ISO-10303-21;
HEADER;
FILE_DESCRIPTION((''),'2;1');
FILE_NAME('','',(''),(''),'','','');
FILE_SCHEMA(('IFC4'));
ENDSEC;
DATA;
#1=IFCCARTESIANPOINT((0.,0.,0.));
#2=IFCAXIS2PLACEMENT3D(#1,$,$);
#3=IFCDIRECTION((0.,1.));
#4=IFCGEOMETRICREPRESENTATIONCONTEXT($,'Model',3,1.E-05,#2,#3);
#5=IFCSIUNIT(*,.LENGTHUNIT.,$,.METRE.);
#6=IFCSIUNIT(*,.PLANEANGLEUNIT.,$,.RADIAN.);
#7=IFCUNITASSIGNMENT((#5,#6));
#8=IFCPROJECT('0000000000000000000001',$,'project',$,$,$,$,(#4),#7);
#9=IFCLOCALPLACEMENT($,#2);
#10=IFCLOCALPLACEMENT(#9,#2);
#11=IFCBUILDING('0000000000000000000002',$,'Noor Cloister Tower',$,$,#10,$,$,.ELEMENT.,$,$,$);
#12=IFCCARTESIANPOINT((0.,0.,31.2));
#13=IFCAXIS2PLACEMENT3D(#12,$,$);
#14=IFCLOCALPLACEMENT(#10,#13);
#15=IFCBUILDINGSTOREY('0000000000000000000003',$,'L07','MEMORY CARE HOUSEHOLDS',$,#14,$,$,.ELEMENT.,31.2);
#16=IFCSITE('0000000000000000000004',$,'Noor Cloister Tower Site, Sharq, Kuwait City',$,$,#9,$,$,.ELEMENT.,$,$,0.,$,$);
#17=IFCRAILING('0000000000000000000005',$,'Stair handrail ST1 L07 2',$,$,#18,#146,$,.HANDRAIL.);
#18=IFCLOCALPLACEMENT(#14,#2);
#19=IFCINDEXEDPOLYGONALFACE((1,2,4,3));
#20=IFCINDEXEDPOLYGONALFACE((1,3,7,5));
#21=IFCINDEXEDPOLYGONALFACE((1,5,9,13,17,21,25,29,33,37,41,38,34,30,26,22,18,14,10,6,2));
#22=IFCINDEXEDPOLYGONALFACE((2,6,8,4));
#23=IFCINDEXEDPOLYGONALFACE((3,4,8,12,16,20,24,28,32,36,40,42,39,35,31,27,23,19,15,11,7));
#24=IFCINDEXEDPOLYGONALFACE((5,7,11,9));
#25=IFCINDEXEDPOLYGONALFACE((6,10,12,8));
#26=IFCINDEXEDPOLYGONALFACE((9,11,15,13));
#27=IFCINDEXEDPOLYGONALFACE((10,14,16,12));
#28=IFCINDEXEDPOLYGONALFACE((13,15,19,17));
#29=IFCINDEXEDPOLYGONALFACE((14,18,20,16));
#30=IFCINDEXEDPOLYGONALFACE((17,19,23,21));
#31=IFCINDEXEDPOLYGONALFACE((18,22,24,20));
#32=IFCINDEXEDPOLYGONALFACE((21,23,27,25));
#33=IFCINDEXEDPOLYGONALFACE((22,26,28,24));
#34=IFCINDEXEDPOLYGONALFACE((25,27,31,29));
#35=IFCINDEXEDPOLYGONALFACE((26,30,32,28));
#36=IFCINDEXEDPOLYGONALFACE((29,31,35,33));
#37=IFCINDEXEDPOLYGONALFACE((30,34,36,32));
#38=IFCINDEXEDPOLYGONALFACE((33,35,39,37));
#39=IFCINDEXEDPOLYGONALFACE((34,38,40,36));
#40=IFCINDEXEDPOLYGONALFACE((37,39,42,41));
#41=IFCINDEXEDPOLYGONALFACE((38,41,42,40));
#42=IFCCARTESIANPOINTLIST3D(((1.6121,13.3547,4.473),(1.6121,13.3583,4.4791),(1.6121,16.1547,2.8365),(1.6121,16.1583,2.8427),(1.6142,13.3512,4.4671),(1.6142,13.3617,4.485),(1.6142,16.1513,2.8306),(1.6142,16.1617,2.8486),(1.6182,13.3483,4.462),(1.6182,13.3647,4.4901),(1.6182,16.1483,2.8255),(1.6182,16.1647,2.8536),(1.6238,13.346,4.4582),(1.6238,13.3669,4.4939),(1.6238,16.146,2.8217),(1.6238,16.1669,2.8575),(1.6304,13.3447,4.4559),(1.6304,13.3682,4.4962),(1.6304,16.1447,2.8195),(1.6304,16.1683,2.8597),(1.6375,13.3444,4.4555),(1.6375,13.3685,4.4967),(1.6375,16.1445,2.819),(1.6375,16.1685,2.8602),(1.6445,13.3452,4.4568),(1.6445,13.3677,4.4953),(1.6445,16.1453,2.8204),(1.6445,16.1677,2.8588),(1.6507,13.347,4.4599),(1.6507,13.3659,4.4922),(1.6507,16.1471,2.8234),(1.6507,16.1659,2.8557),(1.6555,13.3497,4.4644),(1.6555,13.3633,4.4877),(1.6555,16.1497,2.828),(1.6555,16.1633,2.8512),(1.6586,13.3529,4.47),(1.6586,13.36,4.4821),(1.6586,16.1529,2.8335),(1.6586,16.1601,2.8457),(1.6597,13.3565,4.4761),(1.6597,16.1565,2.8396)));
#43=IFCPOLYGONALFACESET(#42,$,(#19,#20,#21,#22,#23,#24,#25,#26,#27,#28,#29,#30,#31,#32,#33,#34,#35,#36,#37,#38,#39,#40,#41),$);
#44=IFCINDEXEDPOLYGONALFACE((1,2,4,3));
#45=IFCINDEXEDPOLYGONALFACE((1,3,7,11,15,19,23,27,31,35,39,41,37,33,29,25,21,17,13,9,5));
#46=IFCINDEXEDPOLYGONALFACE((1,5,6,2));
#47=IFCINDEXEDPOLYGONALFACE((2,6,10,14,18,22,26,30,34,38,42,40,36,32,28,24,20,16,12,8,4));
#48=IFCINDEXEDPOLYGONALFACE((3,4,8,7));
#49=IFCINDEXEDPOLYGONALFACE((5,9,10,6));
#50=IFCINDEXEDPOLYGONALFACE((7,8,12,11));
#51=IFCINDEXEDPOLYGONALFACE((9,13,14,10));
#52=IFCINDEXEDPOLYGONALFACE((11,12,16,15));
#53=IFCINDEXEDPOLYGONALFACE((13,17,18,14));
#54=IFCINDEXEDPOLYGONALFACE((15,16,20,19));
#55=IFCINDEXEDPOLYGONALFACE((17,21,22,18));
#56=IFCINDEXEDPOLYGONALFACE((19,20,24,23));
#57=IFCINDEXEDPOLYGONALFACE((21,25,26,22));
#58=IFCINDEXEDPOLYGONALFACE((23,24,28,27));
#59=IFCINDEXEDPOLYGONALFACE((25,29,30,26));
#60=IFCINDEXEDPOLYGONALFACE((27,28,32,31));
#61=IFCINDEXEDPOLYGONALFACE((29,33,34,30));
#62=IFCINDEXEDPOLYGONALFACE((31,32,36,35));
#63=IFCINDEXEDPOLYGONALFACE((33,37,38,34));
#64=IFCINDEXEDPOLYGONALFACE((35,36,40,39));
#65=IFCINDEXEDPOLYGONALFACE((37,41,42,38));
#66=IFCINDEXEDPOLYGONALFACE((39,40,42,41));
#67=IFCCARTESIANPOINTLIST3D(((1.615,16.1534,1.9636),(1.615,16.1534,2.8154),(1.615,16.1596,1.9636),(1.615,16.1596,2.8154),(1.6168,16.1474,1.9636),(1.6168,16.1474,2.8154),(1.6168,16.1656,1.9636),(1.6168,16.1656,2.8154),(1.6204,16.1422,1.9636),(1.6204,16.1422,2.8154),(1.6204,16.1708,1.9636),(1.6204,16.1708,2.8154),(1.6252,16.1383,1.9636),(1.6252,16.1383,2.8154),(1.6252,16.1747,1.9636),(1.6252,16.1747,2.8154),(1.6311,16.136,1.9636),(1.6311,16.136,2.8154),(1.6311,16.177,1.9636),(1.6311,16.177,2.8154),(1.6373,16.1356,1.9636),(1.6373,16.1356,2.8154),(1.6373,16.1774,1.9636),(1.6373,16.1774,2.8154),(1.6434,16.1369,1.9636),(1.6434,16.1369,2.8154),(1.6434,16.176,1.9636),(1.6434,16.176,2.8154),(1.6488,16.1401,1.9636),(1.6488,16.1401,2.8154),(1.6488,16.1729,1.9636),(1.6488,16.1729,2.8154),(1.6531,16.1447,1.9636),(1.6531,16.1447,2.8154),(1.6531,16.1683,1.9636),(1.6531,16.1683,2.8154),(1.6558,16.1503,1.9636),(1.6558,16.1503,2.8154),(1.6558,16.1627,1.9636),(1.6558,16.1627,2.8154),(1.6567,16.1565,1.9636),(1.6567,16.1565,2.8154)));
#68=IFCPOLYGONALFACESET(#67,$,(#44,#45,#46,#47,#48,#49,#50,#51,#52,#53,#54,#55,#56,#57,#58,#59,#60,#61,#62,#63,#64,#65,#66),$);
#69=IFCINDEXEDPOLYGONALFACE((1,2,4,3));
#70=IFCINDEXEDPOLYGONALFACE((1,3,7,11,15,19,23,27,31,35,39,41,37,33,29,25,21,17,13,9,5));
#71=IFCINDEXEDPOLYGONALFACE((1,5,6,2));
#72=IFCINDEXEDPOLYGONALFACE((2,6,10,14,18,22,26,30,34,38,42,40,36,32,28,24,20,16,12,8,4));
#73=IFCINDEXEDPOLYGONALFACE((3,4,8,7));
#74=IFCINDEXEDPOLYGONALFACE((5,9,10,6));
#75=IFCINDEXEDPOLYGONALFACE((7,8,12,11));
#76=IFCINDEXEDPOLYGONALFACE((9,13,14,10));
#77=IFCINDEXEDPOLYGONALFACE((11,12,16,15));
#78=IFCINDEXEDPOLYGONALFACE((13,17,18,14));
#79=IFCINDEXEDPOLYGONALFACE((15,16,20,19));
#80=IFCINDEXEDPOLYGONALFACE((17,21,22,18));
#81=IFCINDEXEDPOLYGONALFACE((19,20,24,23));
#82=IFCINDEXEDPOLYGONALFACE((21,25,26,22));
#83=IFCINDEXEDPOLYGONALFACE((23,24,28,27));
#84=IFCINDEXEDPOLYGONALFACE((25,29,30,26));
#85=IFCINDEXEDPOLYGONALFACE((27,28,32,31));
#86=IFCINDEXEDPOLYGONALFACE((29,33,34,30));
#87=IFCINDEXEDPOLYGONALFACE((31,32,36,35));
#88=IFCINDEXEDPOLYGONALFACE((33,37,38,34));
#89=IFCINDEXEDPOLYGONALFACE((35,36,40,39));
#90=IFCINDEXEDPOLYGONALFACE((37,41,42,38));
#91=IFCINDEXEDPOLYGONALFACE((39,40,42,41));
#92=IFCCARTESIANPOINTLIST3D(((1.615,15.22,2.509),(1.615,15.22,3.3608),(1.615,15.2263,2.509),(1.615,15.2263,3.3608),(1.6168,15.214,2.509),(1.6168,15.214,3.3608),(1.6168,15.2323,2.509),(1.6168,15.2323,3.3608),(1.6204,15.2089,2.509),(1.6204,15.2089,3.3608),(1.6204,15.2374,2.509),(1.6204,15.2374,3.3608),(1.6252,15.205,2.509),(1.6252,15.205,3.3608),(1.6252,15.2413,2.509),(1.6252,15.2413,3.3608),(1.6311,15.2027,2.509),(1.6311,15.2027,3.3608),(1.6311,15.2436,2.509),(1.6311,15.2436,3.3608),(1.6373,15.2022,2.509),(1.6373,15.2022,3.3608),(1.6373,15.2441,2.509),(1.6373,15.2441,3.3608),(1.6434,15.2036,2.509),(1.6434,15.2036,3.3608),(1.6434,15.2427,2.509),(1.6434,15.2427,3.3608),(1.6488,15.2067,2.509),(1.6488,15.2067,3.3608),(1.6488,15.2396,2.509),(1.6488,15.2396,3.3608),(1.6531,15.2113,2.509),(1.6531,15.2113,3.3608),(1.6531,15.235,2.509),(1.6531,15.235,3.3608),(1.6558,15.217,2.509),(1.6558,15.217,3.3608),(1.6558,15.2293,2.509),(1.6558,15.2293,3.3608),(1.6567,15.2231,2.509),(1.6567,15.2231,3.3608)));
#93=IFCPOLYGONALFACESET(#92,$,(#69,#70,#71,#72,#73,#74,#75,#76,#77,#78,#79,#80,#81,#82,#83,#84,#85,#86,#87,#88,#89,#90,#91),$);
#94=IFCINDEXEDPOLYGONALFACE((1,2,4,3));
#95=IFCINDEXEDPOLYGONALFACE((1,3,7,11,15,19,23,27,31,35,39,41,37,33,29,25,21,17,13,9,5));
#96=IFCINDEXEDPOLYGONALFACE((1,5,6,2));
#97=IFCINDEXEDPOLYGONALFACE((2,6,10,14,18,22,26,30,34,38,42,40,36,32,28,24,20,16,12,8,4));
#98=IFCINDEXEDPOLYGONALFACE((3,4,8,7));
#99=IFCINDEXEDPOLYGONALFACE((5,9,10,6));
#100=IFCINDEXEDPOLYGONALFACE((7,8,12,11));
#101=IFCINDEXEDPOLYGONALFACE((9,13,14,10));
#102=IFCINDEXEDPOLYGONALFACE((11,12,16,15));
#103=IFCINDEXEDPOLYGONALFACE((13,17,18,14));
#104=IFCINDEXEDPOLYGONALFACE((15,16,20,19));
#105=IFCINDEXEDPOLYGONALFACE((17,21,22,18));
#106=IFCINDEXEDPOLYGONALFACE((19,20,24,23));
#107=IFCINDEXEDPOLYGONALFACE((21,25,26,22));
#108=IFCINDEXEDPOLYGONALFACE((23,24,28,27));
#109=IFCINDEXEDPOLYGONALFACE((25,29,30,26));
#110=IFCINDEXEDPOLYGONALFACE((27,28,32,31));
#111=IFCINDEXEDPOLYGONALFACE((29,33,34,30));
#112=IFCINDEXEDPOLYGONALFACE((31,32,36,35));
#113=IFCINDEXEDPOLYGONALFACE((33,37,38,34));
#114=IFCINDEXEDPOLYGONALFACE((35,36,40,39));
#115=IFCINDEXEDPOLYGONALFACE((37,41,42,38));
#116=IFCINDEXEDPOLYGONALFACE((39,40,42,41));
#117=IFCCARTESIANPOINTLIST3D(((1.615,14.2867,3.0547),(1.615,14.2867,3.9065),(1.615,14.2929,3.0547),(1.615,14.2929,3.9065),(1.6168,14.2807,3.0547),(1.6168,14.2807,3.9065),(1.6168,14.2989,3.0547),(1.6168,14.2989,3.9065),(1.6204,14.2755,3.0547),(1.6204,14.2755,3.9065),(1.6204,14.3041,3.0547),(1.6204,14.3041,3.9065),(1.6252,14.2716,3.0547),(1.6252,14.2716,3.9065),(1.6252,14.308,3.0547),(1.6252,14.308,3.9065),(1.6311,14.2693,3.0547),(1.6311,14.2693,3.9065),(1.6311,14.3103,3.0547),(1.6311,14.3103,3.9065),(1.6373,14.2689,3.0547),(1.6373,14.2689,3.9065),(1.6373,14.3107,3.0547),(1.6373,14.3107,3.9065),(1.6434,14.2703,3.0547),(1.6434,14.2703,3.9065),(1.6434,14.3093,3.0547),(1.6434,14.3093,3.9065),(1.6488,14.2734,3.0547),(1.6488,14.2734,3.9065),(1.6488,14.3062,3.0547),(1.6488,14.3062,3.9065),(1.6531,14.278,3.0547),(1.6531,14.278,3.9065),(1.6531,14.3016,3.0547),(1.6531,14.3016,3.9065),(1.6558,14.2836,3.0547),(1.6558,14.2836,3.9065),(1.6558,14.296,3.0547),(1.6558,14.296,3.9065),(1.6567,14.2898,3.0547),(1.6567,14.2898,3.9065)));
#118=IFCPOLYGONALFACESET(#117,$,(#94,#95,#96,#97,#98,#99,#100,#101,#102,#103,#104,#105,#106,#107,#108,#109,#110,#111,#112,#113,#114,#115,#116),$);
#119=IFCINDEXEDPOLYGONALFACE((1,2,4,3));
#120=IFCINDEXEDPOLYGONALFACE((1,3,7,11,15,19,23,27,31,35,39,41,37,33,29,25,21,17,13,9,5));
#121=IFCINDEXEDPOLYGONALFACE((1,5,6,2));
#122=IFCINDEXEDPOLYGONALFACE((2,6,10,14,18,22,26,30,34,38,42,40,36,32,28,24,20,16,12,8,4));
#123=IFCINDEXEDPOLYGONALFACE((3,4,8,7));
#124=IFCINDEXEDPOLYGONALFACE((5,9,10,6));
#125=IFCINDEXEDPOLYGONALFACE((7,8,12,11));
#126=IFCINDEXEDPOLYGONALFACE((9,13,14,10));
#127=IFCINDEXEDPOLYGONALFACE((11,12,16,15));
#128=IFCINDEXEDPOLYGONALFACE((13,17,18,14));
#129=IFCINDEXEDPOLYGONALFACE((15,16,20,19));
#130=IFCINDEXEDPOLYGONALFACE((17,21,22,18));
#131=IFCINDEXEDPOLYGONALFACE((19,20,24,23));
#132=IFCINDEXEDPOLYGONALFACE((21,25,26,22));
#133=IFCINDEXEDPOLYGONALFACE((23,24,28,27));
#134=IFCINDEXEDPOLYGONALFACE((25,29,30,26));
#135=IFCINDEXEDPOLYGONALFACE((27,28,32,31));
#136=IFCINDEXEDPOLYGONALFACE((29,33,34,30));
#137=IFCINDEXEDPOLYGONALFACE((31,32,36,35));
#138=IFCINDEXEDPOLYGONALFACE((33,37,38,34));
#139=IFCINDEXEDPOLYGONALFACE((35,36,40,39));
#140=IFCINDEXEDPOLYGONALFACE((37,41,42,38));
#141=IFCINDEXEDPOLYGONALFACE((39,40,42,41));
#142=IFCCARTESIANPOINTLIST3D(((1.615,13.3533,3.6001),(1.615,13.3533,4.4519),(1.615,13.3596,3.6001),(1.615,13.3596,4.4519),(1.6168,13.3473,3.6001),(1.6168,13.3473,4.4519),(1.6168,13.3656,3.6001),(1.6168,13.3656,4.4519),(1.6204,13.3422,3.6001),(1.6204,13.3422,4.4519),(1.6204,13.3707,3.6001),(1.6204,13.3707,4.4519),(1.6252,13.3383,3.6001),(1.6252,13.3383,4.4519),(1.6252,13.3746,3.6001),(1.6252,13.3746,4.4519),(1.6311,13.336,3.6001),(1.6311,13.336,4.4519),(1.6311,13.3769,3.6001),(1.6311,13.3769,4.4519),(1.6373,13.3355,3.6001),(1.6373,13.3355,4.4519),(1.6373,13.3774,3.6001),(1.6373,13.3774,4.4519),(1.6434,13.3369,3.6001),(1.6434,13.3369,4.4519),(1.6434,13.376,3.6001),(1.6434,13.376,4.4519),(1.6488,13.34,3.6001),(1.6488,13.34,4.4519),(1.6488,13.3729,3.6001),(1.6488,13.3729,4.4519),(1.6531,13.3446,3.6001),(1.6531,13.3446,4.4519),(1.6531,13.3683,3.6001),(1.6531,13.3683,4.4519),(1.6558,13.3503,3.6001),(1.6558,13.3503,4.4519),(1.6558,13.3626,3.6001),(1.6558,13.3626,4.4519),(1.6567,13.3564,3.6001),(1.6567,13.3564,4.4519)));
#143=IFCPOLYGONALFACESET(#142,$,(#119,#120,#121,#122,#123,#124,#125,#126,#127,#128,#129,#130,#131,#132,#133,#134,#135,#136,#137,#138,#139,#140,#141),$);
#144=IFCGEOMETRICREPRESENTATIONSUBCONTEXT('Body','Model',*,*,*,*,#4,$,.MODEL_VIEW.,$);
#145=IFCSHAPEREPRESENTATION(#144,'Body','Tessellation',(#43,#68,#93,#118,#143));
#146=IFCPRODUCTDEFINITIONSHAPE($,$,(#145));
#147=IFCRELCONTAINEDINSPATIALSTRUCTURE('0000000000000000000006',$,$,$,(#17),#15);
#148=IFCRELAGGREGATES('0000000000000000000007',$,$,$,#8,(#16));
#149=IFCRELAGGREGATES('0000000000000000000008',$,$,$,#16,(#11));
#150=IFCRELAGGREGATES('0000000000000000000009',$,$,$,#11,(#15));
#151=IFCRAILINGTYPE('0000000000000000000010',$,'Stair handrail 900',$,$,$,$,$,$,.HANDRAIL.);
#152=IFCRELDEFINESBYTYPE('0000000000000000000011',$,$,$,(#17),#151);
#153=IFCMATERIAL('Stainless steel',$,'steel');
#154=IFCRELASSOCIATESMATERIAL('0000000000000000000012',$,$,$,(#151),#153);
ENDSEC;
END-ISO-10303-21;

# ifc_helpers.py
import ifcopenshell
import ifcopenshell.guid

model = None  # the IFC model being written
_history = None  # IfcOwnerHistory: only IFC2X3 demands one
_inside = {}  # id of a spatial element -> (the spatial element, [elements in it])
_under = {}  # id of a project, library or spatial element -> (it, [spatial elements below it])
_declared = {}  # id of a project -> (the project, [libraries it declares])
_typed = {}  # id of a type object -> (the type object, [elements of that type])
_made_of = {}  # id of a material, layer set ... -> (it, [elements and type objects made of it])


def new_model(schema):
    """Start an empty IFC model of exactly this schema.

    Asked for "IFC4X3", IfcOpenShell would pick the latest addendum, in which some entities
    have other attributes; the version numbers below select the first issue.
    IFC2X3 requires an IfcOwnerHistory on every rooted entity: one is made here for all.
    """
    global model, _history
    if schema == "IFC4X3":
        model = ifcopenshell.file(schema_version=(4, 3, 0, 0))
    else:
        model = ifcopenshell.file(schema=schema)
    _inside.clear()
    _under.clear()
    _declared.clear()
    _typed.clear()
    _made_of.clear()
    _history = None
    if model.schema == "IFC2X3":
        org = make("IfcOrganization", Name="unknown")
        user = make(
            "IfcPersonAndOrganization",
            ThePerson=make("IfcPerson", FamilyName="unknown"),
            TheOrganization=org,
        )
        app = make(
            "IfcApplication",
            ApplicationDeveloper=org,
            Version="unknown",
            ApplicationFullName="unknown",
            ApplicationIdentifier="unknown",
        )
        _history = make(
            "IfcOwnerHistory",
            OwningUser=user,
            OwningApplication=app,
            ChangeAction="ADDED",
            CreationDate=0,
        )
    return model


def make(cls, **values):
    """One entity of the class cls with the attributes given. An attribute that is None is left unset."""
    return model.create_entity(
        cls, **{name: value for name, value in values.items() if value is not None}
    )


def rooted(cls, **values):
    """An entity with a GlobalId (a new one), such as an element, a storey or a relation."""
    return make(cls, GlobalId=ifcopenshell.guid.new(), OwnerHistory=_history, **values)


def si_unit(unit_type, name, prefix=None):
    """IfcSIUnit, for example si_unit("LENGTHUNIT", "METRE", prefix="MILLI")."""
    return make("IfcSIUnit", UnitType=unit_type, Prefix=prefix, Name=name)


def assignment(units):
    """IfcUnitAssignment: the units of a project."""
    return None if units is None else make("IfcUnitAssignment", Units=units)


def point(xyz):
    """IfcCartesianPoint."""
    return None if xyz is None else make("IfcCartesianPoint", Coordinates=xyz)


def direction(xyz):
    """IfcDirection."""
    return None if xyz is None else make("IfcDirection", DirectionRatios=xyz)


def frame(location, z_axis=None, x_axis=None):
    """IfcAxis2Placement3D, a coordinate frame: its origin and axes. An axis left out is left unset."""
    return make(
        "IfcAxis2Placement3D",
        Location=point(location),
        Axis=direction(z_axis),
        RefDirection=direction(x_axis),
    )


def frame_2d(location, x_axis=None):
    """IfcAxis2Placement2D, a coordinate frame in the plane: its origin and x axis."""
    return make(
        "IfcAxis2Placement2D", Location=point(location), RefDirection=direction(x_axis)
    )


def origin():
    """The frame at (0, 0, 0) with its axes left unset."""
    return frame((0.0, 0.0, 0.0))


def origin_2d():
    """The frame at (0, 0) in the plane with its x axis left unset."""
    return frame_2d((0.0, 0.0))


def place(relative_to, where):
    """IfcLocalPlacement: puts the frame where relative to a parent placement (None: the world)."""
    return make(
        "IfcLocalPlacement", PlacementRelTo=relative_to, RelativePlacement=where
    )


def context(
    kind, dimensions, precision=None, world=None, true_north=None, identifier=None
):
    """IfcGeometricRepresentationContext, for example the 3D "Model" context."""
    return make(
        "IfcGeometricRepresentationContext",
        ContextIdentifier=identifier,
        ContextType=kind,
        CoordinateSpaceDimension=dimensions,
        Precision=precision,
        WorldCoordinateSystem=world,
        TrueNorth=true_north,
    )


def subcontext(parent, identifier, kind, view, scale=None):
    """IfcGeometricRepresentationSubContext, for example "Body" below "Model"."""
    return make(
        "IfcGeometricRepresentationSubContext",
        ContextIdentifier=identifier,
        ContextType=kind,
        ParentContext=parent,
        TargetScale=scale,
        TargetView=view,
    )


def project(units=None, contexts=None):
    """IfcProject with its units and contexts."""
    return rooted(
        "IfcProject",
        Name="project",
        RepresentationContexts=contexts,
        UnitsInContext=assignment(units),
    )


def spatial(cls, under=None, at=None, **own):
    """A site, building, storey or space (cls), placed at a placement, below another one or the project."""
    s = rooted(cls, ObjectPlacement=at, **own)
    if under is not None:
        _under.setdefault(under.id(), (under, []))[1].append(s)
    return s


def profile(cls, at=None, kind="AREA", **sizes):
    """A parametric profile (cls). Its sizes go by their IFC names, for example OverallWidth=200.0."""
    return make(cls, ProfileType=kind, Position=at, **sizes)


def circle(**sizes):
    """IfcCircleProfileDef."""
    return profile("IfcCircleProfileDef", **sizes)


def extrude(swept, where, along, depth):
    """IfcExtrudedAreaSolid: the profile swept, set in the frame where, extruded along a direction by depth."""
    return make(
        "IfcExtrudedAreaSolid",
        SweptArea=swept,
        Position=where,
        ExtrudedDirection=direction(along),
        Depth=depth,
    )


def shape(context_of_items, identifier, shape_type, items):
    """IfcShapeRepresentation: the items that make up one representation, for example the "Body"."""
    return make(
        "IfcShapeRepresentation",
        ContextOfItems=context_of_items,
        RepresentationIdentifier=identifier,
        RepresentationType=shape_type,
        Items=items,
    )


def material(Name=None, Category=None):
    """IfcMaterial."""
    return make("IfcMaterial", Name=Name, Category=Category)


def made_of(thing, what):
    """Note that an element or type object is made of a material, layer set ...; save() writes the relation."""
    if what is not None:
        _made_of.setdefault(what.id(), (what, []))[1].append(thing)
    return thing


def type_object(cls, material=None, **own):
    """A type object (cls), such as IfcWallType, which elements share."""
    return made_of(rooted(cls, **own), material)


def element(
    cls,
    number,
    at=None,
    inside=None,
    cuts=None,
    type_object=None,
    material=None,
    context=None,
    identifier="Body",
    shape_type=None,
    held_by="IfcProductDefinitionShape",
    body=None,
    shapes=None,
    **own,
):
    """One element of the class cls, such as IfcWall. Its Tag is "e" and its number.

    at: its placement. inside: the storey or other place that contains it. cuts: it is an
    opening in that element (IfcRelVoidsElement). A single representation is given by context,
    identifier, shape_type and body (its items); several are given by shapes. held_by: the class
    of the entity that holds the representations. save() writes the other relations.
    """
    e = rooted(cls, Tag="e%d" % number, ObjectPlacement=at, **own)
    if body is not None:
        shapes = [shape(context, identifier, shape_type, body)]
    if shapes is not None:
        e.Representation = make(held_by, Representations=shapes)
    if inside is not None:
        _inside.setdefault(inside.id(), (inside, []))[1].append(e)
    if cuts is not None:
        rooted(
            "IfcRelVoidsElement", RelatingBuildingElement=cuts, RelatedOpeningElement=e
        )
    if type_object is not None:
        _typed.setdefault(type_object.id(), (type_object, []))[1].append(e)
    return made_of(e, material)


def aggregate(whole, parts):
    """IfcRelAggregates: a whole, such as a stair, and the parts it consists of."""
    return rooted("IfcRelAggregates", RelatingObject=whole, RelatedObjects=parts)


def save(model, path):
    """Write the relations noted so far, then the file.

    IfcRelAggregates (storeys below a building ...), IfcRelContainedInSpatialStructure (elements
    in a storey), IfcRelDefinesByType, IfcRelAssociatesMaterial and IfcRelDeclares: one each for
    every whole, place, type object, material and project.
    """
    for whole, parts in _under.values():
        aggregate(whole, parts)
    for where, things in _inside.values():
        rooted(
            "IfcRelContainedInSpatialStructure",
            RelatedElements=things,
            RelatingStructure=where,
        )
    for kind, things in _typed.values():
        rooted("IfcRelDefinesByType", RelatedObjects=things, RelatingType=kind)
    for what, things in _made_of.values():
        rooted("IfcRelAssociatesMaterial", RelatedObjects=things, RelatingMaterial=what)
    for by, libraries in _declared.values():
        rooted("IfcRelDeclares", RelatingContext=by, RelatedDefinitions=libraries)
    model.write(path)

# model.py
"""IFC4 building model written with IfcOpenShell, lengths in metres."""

from ifc_helpers import new_model, si_unit, direction, frame, origin, origin_2d, place, context, subcontext, project, spatial, circle, extrude, material, type_object, element, save


model = new_model("IFC4")

# Units and contexts
model_context = context("Model", 3, precision=1e-05, world=origin(), true_north=direction((0.0, 1.0)))
body_context = subcontext(model_context, "Body", "Model", "MODEL_VIEW")
ifc_project = project(units=[si_unit("LENGTHUNIT", "METRE"), si_unit("PLANEANGLEUNIT", "RADIAN")], contexts=[model_context])

# Site, building, storey
site_placement = place(None, origin())
site = spatial("IfcSite", under=ifc_project, at=site_placement, Name="Noor Cloister Tower Site, Sharq, Kuwait City", CompositionType="ELEMENT", RefElevation=0.0)
building_placement = place(site_placement, origin())
building = spatial("IfcBuilding", under=site, at=building_placement, Name="Noor Cloister Tower", CompositionType="ELEMENT")
storey_placement = place(building_placement, frame((0.0, 0.0, 31.2)))
storey = spatial("IfcBuildingStorey", under=building, at=storey_placement, Name="L07", Description="MEMORY CARE HOUSEHOLDS", CompositionType="ELEMENT", Elevation=31.2)

# Railing
ifc_material_1 = material(Name="Stainless steel", Category="steel")
railing_type_1 = type_object("IfcRailingType", Name="Stair handrail 900", PredefinedType="HANDRAIL", material=ifc_material_1)
railing_1_placement = place(storey_placement, frame((1.6357, 16.1565, 1.9636)))
element("IfcRailing", 1, at=railing_1_placement, inside=storey, type_object=railing_type_1, Name="Stair handrail ST1 L07 2", PredefinedType="HANDRAIL", context=body_context, shape_type="SweptSolid", body=[
    extrude(circle(Radius=0.0239, at=origin_2d()), frame((0.0, 0.0, 0.876), z_axis=(0.0, -0.863361, 0.504587), x_axis=(1.0, 0.0, 0.0)), (0.0, 0.0, 1.0), 3.2432),
    extrude(circle(Radius=0.021, at=origin_2d()), origin(), (0.0, 0.0, 1.0), 0.8518),
    extrude(circle(Radius=0.021, at=origin_2d()), frame((0.0, -0.9333, 0.5454)), (0.0, 0.0, 1.0), 0.8518),
    extrude(circle(Radius=0.021, at=origin_2d()), frame((0.0, -1.8667, 1.0911)), (0.0, 0.0, 1.0), 0.8518),
    extrude(circle(Radius=0.021, at=origin_2d()), frame((0.0, -2.8, 1.6365)), (0.0, 0.0, 1.0), 0.8518),
])

save(model, "model.ifc")
